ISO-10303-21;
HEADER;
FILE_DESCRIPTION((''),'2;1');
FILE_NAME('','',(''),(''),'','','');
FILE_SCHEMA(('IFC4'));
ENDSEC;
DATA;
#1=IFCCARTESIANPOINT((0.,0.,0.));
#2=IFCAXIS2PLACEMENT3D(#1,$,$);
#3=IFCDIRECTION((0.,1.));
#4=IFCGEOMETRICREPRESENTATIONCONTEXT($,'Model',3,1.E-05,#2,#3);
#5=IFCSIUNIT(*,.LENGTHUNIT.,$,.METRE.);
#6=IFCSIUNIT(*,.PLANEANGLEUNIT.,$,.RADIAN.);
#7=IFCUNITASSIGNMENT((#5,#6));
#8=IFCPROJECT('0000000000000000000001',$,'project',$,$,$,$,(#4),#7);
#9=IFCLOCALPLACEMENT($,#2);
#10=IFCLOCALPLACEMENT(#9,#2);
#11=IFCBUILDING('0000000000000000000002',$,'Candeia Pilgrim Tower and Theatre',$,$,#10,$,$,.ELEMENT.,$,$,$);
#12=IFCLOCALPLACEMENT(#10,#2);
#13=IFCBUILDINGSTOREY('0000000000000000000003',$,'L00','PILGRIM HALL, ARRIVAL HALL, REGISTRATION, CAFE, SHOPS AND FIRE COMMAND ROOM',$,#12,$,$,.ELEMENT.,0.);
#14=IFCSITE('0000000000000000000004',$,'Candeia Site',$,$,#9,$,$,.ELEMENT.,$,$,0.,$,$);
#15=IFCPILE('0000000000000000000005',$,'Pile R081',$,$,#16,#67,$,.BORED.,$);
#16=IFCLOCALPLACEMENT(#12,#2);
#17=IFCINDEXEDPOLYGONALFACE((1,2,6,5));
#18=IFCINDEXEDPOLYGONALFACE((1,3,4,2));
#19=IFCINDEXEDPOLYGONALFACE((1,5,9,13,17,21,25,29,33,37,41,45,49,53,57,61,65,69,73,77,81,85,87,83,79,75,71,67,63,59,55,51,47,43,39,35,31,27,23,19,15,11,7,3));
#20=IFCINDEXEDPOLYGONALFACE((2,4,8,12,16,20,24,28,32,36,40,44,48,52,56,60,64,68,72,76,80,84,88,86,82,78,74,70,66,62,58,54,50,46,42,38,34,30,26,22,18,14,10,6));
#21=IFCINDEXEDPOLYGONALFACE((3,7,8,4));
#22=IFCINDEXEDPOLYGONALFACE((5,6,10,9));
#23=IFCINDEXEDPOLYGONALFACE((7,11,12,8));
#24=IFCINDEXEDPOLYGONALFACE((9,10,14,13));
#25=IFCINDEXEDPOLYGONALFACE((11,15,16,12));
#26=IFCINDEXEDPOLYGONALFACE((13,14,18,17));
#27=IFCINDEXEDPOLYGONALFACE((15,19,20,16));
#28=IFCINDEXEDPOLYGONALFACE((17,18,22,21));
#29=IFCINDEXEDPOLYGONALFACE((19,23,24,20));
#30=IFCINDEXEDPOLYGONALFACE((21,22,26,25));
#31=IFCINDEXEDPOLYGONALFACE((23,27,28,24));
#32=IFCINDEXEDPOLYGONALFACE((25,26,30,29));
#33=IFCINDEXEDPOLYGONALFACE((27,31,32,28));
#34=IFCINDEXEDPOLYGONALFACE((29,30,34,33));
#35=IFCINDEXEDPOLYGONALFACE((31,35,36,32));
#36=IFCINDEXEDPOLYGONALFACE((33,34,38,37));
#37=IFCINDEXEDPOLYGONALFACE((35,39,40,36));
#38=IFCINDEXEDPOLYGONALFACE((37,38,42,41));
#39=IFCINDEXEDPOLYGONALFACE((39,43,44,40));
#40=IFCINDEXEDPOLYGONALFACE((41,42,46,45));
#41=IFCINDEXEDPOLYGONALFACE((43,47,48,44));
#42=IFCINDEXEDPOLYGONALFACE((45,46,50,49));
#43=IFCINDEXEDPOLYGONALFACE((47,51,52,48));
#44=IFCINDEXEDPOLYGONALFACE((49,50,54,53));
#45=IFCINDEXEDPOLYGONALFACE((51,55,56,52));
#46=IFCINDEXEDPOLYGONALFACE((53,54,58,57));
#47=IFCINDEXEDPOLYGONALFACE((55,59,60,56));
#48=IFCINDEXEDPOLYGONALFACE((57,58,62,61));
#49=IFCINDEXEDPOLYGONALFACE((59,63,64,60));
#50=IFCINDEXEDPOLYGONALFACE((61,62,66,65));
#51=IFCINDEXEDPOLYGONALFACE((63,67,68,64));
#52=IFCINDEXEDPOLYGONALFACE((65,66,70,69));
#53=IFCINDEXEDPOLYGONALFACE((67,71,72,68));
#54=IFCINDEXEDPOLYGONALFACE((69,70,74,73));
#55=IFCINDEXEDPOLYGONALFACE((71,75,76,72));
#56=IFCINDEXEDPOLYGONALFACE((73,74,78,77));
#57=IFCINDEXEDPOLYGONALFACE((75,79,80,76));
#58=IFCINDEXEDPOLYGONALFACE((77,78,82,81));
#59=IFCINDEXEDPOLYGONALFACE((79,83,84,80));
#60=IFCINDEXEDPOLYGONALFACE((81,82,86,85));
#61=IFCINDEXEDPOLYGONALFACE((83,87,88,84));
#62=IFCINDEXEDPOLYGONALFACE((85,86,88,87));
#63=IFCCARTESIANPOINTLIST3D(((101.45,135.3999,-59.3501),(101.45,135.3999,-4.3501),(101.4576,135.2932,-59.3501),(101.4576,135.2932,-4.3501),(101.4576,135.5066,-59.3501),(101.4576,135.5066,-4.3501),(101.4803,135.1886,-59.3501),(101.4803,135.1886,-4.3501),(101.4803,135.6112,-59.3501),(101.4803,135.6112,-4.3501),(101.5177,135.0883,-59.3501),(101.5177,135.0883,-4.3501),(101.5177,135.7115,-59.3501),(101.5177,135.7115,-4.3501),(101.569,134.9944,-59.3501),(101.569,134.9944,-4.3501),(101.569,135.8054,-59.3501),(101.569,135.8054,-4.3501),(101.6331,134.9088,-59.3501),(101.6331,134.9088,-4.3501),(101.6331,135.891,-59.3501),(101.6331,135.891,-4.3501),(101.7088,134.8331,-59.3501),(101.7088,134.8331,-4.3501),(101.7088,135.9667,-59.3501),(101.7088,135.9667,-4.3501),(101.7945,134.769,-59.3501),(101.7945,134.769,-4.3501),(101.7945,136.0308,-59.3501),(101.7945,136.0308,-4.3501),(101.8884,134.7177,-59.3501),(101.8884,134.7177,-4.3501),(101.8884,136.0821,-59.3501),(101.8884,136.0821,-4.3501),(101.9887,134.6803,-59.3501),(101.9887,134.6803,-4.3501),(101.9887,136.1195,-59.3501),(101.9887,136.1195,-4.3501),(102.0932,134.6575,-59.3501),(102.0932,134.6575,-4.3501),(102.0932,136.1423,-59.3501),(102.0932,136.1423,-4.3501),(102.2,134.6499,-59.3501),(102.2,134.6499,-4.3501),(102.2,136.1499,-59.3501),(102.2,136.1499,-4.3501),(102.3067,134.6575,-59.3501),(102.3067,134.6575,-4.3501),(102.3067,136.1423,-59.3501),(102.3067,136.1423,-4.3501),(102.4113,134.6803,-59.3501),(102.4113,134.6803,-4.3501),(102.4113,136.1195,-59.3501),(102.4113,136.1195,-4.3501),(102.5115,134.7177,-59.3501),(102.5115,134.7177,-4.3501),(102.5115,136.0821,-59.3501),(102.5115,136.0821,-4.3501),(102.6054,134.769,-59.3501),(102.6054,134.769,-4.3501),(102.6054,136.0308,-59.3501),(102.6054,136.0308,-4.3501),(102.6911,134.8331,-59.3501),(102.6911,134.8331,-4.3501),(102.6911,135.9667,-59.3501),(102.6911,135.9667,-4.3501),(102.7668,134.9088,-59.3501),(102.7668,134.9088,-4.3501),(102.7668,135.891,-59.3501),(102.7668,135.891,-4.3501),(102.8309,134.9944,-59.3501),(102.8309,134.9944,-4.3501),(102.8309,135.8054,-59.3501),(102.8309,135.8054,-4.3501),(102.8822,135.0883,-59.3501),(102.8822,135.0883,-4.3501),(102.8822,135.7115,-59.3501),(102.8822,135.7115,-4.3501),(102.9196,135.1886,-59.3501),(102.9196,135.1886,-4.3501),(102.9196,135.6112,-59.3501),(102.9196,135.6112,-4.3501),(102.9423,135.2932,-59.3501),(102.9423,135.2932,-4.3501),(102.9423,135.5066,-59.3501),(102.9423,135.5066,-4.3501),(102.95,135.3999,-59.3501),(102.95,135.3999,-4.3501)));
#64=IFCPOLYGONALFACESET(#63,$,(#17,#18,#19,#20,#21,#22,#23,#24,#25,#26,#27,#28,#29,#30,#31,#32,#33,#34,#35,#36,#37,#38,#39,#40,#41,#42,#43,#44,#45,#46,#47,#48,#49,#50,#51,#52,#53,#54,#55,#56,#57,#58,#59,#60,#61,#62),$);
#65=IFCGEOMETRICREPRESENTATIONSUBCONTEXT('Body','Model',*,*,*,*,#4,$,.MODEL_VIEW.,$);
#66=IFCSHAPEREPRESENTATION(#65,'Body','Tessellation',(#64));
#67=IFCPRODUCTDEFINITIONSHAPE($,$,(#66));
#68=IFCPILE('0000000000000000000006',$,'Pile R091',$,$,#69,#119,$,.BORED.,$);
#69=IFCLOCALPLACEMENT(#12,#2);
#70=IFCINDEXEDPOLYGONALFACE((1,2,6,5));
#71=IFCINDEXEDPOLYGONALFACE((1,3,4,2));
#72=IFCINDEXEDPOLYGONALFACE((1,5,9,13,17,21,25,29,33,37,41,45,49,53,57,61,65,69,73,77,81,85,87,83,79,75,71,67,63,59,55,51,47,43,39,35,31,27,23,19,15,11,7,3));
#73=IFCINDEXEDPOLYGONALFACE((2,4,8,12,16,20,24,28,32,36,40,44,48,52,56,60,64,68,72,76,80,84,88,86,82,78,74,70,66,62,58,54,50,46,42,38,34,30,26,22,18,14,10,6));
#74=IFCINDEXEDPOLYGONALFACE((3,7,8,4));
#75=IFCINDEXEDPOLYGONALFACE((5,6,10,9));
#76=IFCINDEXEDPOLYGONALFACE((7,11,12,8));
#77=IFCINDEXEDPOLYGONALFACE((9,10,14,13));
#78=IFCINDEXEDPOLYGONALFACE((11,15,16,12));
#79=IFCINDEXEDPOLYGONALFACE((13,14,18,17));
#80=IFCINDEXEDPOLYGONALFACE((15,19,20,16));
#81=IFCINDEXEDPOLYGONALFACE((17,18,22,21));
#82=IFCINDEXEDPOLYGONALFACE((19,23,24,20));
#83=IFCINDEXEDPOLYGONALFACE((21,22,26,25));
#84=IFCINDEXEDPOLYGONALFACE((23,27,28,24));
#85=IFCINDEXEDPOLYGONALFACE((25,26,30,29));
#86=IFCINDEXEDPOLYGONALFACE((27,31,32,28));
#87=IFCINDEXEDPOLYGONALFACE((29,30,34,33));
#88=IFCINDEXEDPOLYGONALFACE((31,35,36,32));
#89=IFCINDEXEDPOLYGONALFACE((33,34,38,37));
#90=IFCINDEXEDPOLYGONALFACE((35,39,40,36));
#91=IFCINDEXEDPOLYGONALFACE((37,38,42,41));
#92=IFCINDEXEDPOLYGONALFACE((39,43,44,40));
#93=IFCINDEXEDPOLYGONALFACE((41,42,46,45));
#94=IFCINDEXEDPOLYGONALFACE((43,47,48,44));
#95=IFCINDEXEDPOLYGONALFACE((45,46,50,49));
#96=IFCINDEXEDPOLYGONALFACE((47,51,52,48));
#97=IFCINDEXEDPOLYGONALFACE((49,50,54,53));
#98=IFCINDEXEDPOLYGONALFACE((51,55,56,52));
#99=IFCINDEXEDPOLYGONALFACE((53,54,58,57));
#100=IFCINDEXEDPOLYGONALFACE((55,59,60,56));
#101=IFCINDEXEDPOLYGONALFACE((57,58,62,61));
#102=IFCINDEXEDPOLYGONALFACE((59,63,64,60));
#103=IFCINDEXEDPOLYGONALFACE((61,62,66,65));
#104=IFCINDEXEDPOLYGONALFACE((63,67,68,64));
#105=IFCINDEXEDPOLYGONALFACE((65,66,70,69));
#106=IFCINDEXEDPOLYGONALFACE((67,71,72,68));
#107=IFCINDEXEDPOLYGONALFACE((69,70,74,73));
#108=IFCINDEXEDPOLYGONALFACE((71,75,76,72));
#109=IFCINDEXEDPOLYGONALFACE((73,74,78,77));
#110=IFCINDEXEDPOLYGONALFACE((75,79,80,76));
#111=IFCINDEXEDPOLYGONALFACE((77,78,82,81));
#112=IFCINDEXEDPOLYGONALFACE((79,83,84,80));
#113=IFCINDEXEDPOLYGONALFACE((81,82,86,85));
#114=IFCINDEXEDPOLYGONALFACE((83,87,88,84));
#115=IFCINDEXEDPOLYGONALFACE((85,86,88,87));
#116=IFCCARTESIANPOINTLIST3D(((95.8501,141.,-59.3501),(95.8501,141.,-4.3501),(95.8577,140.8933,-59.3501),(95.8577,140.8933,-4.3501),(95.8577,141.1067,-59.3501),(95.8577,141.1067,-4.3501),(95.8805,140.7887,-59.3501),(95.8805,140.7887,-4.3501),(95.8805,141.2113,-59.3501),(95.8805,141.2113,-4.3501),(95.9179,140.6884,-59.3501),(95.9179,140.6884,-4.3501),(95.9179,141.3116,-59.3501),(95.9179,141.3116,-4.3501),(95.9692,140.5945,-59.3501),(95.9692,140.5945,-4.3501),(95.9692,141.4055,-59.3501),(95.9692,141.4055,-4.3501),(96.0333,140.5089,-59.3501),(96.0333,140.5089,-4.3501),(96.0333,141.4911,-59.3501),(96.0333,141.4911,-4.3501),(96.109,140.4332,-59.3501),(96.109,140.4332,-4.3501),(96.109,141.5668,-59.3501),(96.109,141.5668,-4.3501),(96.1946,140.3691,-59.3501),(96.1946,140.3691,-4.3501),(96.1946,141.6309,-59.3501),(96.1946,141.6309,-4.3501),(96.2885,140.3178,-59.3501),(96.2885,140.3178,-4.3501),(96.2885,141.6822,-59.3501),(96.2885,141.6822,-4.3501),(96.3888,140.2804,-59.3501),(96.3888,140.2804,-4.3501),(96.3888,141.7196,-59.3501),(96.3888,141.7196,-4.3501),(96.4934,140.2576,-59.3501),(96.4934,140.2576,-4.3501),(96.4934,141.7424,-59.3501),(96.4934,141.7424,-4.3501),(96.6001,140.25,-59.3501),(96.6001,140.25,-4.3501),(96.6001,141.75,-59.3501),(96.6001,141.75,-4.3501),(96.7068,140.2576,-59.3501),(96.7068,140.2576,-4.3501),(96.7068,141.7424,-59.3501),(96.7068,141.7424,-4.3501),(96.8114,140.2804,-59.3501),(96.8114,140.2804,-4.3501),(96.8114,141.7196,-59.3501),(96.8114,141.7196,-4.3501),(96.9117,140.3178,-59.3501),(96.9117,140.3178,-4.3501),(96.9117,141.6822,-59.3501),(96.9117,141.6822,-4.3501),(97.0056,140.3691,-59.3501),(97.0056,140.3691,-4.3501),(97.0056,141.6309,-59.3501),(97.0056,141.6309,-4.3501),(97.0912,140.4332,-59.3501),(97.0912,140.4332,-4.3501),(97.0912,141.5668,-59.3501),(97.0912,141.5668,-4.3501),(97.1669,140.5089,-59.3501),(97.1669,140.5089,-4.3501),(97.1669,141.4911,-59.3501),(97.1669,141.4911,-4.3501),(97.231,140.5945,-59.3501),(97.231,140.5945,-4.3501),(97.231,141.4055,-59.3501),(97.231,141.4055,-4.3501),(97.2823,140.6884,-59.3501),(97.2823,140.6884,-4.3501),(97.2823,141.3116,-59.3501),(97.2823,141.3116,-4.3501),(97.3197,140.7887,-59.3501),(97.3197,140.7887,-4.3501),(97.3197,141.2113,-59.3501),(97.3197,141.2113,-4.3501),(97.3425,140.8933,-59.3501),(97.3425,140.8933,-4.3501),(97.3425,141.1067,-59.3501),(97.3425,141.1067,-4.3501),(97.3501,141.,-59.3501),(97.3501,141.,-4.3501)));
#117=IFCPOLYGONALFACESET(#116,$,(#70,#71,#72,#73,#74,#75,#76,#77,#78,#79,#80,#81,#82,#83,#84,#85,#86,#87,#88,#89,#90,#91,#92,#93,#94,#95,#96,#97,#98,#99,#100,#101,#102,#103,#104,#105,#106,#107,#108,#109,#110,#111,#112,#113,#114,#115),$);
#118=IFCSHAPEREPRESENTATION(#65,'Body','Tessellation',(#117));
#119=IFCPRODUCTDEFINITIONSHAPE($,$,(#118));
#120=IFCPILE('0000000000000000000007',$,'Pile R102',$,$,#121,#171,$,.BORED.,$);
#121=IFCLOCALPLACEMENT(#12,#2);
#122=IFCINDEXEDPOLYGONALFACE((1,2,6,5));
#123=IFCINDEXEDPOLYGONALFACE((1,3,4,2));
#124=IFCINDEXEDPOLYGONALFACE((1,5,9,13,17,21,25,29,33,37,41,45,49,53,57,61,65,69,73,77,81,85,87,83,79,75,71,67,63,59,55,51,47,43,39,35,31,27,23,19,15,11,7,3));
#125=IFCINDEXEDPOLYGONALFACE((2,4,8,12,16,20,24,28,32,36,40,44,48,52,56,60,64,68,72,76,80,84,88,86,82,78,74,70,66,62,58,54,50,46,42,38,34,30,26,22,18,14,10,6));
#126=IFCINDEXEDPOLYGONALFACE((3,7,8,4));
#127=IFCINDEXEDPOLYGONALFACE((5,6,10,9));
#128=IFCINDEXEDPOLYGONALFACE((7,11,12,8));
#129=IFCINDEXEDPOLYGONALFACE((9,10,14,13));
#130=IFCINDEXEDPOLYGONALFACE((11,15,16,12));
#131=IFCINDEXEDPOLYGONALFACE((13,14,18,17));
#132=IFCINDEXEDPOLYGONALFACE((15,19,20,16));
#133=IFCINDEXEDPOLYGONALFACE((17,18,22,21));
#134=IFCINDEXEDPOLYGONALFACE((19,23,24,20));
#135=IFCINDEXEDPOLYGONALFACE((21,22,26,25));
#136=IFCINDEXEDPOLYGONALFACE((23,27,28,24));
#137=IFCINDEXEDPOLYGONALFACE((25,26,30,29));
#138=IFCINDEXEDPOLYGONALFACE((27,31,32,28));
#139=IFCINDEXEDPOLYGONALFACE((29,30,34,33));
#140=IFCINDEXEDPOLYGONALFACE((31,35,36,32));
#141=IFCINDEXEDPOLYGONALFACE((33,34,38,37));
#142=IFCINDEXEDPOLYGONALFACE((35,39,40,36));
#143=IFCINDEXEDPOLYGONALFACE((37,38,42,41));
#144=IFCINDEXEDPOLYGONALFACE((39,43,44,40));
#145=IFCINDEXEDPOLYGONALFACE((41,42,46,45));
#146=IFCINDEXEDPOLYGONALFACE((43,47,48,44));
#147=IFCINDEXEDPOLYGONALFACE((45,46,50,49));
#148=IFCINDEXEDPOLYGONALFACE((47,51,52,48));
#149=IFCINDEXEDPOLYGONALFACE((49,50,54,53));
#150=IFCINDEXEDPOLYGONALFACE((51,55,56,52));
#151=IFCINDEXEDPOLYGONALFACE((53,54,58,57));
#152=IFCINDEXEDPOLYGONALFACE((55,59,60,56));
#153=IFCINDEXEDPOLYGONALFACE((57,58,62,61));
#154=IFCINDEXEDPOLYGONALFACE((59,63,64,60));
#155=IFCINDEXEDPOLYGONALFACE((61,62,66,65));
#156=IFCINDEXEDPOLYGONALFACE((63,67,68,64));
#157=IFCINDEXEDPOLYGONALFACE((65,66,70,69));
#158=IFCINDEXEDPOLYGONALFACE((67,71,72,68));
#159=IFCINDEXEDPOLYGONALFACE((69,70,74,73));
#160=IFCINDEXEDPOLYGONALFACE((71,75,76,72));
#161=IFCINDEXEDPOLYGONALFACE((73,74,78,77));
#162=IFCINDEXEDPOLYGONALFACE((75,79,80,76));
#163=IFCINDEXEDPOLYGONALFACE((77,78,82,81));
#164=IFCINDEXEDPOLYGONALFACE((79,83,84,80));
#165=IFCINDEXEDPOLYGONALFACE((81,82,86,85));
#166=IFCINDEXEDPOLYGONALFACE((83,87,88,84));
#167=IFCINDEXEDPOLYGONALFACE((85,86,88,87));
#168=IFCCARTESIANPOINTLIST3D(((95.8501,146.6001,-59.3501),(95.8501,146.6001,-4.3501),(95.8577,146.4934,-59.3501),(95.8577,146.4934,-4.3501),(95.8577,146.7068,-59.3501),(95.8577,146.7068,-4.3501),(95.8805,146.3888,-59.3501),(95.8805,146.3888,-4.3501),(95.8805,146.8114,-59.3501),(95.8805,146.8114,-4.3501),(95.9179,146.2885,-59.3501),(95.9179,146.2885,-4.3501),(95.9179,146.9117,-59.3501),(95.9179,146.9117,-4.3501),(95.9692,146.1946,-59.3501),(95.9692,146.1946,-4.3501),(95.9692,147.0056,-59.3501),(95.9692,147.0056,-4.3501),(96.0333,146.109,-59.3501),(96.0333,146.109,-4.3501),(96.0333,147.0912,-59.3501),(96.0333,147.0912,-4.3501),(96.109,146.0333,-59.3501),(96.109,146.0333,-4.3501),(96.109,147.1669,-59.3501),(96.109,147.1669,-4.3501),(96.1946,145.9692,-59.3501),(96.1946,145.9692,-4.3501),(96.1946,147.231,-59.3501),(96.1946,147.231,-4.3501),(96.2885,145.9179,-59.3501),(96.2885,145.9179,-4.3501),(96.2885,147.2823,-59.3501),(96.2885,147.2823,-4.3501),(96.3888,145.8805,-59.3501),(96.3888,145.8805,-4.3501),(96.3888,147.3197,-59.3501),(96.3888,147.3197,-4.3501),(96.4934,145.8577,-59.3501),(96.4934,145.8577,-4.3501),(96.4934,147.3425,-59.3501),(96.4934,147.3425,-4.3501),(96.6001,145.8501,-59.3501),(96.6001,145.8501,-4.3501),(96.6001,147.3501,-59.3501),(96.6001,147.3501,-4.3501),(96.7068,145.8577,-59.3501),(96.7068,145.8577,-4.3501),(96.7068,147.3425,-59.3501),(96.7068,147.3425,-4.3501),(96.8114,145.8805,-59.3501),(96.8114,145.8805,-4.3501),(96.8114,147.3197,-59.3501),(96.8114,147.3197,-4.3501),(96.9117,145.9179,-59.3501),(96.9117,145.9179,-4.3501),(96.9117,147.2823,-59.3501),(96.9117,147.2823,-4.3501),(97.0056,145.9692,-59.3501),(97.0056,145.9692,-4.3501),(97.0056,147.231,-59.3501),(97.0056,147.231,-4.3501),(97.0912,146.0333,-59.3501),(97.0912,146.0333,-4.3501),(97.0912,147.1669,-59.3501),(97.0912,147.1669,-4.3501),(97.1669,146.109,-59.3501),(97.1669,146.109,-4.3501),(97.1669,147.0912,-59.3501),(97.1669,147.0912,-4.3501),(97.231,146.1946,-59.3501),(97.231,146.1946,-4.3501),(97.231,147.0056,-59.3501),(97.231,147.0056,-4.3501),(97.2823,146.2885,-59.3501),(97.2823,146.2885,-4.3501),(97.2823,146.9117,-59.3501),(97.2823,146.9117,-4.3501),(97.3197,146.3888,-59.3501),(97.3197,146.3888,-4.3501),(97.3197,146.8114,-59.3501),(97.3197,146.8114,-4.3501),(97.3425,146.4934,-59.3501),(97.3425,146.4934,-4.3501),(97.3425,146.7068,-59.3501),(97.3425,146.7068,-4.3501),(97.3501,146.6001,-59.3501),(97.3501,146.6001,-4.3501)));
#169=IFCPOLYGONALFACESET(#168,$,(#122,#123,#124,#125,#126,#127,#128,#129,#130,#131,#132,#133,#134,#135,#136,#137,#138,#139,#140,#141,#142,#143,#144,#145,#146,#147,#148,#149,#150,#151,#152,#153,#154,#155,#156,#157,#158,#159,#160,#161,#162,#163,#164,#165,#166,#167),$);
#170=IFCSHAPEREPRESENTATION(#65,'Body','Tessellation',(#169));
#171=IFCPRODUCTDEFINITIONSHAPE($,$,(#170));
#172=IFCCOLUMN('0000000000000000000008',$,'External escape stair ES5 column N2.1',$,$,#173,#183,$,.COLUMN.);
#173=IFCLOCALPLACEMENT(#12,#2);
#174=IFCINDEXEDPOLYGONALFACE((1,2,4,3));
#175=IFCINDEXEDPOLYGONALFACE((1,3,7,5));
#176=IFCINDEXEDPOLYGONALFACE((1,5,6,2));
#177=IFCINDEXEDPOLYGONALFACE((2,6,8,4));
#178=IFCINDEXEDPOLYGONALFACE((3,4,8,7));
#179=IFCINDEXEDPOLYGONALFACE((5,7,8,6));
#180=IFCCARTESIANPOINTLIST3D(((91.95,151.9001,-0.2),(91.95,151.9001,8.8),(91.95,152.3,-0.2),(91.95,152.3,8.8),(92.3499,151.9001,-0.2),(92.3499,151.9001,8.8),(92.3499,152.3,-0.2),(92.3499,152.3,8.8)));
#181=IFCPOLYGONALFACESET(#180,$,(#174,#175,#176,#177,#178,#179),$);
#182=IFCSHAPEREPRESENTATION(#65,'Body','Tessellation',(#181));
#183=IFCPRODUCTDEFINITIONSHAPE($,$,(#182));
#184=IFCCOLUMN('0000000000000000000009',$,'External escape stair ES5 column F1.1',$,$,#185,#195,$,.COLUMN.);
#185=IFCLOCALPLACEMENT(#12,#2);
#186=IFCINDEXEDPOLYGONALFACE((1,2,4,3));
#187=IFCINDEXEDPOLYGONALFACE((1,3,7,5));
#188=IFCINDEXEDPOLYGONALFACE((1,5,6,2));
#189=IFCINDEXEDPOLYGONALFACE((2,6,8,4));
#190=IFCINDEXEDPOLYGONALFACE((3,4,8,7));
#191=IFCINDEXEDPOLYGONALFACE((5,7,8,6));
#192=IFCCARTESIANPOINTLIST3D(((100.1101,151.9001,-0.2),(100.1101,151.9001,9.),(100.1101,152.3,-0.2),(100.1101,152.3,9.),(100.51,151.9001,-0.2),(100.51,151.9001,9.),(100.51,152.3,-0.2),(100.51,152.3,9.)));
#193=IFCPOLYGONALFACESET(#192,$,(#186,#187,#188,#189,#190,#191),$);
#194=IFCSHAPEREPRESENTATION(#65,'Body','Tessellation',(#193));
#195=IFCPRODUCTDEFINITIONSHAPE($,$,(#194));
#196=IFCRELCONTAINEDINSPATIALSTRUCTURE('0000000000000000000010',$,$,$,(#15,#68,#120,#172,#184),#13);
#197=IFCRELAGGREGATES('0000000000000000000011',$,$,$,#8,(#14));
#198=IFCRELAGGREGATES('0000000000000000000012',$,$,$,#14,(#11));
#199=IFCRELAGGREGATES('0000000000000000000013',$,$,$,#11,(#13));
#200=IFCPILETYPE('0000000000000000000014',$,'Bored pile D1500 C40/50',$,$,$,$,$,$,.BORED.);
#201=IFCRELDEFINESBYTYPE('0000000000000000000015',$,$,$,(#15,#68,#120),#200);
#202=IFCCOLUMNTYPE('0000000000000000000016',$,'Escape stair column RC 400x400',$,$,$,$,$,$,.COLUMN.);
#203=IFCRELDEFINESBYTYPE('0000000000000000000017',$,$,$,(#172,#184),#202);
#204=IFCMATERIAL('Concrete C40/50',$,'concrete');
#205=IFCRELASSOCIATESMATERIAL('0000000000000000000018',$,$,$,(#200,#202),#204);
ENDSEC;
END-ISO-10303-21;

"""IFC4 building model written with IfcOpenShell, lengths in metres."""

from ifc_helpers import new_model, si_unit, direction, frame, origin, origin_2d, place, context, subcontext, project, spatial, rectangle, circle, extrude, material, material_profile, profile_set, type_object, element, save


model = new_model("IFC4")

# Units and contexts
model_context = context("Model", 3, precision=1e-05, world=origin(), true_north=direction((0.0, 1.0)))
body_context = subcontext(model_context, "Body", "Model", "MODEL_VIEW")
ifc_project = project(units=[si_unit("LENGTHUNIT", "METRE"), si_unit("PLANEANGLEUNIT", "RADIAN")], contexts=[model_context])

# Site, building, storey
site_placement = place(None, origin())
site = spatial("IfcSite", under=ifc_project, at=site_placement, Name="Candeia Site", CompositionType="ELEMENT", RefElevation=0.0)
building_placement = place(site_placement, origin())
building = spatial("IfcBuilding", under=site, at=building_placement, Name="Candeia Pilgrim Tower and Theatre", CompositionType="ELEMENT")
storey_placement = place(building_placement, origin())
storey = spatial("IfcBuildingStorey", under=building, at=storey_placement, Name="L00", Description="PILGRIM HALL, ARRIVAL HALL, REGISTRATION, CAFE, SHOPS AND FIRE COMMAND ROOM", CompositionType="ELEMENT", Elevation=0.0)

# Piles
ifc_material_1 = material(Name="Concrete C40/50", Category="concrete")
ifc_material_profile_1 = material_profile(ifc_material_1, circle(Radius=0.75, at=origin_2d()))
ifc_profile_set_1 = profile_set([ifc_material_profile_1], Name="Concrete C40/50")
pile_type = type_object("IfcPileType", Name="Bored pile D1500 C40/50", PredefinedType="BORED", material=ifc_profile_set_1)
for number, where, z_axis, x_axis, name in (
    (1, (102.2, 135.3999, -4.3501), (0.0, 0.0, -1.0), (1.0, 0.0, 0.0), "Pile R081"),
    (2, (96.6001, 141.0, -4.3501), (0.0, 0.0, -1.0), (1.0, 0.0, 0.0), "Pile R091"),
    (3, (96.6001, 146.6001, -4.3501), (0.0, 0.0, -1.0), (1.0, 0.0, 0.0), "Pile R102"),
):
    element("IfcPile", number, at=place(storey_placement, frame(where, z_axis=z_axis, x_axis=x_axis)), inside=storey, type_object=pile_type, Name=name, PredefinedType="BORED", context=body_context, shape_type="SweptSolid", body=[
        extrude(circle(Radius=0.75, at=origin_2d()), origin(), (0.0, 0.0, 1.0), 55.0),
    ])

# Columns
ifc_material_profile_2 = material_profile(ifc_material_1, rectangle(XDim=0.3999, YDim=0.3999, at=origin_2d()))
ifc_profile_set_2 = profile_set([ifc_material_profile_2], Name="Concrete C40/50")
column_type_1 = type_object("IfcColumnType", Name="Escape stair column RC 400x400", PredefinedType="COLUMN", material=ifc_profile_set_2)
column_1_placement = place(storey_placement, frame((92.1499, 152.1001, -0.2), z_axis=(0.0, 0.0, 1.0), x_axis=(1.0, 0.0, 0.0)))
element("IfcColumn", 4, at=column_1_placement, inside=storey, type_object=column_type_1, Name="External escape stair ES5 column N2.1", PredefinedType="COLUMN", context=body_context, shape_type="SweptSolid", body=[
    extrude(rectangle(XDim=0.3999, YDim=0.3999, at=origin_2d()), origin(), (0.0, 0.0, 1.0), 9.0),
])
column_2_placement = place(storey_placement, frame((100.3101, 152.1001, -0.2), z_axis=(0.0, 0.0, 1.0), x_axis=(1.0, 0.0, 0.0)))
element("IfcColumn", 5, at=column_2_placement, inside=storey, type_object=column_type_1, Name="External escape stair ES5 column F1.1", PredefinedType="COLUMN", context=body_context, shape_type="SweptSolid", body=[
    extrude(rectangle(XDim=0.3999, YDim=0.3999, at=origin_2d()), origin(), (0.0, 0.0, 1.0), 9.2),
])

save(model, "model.ifc")
